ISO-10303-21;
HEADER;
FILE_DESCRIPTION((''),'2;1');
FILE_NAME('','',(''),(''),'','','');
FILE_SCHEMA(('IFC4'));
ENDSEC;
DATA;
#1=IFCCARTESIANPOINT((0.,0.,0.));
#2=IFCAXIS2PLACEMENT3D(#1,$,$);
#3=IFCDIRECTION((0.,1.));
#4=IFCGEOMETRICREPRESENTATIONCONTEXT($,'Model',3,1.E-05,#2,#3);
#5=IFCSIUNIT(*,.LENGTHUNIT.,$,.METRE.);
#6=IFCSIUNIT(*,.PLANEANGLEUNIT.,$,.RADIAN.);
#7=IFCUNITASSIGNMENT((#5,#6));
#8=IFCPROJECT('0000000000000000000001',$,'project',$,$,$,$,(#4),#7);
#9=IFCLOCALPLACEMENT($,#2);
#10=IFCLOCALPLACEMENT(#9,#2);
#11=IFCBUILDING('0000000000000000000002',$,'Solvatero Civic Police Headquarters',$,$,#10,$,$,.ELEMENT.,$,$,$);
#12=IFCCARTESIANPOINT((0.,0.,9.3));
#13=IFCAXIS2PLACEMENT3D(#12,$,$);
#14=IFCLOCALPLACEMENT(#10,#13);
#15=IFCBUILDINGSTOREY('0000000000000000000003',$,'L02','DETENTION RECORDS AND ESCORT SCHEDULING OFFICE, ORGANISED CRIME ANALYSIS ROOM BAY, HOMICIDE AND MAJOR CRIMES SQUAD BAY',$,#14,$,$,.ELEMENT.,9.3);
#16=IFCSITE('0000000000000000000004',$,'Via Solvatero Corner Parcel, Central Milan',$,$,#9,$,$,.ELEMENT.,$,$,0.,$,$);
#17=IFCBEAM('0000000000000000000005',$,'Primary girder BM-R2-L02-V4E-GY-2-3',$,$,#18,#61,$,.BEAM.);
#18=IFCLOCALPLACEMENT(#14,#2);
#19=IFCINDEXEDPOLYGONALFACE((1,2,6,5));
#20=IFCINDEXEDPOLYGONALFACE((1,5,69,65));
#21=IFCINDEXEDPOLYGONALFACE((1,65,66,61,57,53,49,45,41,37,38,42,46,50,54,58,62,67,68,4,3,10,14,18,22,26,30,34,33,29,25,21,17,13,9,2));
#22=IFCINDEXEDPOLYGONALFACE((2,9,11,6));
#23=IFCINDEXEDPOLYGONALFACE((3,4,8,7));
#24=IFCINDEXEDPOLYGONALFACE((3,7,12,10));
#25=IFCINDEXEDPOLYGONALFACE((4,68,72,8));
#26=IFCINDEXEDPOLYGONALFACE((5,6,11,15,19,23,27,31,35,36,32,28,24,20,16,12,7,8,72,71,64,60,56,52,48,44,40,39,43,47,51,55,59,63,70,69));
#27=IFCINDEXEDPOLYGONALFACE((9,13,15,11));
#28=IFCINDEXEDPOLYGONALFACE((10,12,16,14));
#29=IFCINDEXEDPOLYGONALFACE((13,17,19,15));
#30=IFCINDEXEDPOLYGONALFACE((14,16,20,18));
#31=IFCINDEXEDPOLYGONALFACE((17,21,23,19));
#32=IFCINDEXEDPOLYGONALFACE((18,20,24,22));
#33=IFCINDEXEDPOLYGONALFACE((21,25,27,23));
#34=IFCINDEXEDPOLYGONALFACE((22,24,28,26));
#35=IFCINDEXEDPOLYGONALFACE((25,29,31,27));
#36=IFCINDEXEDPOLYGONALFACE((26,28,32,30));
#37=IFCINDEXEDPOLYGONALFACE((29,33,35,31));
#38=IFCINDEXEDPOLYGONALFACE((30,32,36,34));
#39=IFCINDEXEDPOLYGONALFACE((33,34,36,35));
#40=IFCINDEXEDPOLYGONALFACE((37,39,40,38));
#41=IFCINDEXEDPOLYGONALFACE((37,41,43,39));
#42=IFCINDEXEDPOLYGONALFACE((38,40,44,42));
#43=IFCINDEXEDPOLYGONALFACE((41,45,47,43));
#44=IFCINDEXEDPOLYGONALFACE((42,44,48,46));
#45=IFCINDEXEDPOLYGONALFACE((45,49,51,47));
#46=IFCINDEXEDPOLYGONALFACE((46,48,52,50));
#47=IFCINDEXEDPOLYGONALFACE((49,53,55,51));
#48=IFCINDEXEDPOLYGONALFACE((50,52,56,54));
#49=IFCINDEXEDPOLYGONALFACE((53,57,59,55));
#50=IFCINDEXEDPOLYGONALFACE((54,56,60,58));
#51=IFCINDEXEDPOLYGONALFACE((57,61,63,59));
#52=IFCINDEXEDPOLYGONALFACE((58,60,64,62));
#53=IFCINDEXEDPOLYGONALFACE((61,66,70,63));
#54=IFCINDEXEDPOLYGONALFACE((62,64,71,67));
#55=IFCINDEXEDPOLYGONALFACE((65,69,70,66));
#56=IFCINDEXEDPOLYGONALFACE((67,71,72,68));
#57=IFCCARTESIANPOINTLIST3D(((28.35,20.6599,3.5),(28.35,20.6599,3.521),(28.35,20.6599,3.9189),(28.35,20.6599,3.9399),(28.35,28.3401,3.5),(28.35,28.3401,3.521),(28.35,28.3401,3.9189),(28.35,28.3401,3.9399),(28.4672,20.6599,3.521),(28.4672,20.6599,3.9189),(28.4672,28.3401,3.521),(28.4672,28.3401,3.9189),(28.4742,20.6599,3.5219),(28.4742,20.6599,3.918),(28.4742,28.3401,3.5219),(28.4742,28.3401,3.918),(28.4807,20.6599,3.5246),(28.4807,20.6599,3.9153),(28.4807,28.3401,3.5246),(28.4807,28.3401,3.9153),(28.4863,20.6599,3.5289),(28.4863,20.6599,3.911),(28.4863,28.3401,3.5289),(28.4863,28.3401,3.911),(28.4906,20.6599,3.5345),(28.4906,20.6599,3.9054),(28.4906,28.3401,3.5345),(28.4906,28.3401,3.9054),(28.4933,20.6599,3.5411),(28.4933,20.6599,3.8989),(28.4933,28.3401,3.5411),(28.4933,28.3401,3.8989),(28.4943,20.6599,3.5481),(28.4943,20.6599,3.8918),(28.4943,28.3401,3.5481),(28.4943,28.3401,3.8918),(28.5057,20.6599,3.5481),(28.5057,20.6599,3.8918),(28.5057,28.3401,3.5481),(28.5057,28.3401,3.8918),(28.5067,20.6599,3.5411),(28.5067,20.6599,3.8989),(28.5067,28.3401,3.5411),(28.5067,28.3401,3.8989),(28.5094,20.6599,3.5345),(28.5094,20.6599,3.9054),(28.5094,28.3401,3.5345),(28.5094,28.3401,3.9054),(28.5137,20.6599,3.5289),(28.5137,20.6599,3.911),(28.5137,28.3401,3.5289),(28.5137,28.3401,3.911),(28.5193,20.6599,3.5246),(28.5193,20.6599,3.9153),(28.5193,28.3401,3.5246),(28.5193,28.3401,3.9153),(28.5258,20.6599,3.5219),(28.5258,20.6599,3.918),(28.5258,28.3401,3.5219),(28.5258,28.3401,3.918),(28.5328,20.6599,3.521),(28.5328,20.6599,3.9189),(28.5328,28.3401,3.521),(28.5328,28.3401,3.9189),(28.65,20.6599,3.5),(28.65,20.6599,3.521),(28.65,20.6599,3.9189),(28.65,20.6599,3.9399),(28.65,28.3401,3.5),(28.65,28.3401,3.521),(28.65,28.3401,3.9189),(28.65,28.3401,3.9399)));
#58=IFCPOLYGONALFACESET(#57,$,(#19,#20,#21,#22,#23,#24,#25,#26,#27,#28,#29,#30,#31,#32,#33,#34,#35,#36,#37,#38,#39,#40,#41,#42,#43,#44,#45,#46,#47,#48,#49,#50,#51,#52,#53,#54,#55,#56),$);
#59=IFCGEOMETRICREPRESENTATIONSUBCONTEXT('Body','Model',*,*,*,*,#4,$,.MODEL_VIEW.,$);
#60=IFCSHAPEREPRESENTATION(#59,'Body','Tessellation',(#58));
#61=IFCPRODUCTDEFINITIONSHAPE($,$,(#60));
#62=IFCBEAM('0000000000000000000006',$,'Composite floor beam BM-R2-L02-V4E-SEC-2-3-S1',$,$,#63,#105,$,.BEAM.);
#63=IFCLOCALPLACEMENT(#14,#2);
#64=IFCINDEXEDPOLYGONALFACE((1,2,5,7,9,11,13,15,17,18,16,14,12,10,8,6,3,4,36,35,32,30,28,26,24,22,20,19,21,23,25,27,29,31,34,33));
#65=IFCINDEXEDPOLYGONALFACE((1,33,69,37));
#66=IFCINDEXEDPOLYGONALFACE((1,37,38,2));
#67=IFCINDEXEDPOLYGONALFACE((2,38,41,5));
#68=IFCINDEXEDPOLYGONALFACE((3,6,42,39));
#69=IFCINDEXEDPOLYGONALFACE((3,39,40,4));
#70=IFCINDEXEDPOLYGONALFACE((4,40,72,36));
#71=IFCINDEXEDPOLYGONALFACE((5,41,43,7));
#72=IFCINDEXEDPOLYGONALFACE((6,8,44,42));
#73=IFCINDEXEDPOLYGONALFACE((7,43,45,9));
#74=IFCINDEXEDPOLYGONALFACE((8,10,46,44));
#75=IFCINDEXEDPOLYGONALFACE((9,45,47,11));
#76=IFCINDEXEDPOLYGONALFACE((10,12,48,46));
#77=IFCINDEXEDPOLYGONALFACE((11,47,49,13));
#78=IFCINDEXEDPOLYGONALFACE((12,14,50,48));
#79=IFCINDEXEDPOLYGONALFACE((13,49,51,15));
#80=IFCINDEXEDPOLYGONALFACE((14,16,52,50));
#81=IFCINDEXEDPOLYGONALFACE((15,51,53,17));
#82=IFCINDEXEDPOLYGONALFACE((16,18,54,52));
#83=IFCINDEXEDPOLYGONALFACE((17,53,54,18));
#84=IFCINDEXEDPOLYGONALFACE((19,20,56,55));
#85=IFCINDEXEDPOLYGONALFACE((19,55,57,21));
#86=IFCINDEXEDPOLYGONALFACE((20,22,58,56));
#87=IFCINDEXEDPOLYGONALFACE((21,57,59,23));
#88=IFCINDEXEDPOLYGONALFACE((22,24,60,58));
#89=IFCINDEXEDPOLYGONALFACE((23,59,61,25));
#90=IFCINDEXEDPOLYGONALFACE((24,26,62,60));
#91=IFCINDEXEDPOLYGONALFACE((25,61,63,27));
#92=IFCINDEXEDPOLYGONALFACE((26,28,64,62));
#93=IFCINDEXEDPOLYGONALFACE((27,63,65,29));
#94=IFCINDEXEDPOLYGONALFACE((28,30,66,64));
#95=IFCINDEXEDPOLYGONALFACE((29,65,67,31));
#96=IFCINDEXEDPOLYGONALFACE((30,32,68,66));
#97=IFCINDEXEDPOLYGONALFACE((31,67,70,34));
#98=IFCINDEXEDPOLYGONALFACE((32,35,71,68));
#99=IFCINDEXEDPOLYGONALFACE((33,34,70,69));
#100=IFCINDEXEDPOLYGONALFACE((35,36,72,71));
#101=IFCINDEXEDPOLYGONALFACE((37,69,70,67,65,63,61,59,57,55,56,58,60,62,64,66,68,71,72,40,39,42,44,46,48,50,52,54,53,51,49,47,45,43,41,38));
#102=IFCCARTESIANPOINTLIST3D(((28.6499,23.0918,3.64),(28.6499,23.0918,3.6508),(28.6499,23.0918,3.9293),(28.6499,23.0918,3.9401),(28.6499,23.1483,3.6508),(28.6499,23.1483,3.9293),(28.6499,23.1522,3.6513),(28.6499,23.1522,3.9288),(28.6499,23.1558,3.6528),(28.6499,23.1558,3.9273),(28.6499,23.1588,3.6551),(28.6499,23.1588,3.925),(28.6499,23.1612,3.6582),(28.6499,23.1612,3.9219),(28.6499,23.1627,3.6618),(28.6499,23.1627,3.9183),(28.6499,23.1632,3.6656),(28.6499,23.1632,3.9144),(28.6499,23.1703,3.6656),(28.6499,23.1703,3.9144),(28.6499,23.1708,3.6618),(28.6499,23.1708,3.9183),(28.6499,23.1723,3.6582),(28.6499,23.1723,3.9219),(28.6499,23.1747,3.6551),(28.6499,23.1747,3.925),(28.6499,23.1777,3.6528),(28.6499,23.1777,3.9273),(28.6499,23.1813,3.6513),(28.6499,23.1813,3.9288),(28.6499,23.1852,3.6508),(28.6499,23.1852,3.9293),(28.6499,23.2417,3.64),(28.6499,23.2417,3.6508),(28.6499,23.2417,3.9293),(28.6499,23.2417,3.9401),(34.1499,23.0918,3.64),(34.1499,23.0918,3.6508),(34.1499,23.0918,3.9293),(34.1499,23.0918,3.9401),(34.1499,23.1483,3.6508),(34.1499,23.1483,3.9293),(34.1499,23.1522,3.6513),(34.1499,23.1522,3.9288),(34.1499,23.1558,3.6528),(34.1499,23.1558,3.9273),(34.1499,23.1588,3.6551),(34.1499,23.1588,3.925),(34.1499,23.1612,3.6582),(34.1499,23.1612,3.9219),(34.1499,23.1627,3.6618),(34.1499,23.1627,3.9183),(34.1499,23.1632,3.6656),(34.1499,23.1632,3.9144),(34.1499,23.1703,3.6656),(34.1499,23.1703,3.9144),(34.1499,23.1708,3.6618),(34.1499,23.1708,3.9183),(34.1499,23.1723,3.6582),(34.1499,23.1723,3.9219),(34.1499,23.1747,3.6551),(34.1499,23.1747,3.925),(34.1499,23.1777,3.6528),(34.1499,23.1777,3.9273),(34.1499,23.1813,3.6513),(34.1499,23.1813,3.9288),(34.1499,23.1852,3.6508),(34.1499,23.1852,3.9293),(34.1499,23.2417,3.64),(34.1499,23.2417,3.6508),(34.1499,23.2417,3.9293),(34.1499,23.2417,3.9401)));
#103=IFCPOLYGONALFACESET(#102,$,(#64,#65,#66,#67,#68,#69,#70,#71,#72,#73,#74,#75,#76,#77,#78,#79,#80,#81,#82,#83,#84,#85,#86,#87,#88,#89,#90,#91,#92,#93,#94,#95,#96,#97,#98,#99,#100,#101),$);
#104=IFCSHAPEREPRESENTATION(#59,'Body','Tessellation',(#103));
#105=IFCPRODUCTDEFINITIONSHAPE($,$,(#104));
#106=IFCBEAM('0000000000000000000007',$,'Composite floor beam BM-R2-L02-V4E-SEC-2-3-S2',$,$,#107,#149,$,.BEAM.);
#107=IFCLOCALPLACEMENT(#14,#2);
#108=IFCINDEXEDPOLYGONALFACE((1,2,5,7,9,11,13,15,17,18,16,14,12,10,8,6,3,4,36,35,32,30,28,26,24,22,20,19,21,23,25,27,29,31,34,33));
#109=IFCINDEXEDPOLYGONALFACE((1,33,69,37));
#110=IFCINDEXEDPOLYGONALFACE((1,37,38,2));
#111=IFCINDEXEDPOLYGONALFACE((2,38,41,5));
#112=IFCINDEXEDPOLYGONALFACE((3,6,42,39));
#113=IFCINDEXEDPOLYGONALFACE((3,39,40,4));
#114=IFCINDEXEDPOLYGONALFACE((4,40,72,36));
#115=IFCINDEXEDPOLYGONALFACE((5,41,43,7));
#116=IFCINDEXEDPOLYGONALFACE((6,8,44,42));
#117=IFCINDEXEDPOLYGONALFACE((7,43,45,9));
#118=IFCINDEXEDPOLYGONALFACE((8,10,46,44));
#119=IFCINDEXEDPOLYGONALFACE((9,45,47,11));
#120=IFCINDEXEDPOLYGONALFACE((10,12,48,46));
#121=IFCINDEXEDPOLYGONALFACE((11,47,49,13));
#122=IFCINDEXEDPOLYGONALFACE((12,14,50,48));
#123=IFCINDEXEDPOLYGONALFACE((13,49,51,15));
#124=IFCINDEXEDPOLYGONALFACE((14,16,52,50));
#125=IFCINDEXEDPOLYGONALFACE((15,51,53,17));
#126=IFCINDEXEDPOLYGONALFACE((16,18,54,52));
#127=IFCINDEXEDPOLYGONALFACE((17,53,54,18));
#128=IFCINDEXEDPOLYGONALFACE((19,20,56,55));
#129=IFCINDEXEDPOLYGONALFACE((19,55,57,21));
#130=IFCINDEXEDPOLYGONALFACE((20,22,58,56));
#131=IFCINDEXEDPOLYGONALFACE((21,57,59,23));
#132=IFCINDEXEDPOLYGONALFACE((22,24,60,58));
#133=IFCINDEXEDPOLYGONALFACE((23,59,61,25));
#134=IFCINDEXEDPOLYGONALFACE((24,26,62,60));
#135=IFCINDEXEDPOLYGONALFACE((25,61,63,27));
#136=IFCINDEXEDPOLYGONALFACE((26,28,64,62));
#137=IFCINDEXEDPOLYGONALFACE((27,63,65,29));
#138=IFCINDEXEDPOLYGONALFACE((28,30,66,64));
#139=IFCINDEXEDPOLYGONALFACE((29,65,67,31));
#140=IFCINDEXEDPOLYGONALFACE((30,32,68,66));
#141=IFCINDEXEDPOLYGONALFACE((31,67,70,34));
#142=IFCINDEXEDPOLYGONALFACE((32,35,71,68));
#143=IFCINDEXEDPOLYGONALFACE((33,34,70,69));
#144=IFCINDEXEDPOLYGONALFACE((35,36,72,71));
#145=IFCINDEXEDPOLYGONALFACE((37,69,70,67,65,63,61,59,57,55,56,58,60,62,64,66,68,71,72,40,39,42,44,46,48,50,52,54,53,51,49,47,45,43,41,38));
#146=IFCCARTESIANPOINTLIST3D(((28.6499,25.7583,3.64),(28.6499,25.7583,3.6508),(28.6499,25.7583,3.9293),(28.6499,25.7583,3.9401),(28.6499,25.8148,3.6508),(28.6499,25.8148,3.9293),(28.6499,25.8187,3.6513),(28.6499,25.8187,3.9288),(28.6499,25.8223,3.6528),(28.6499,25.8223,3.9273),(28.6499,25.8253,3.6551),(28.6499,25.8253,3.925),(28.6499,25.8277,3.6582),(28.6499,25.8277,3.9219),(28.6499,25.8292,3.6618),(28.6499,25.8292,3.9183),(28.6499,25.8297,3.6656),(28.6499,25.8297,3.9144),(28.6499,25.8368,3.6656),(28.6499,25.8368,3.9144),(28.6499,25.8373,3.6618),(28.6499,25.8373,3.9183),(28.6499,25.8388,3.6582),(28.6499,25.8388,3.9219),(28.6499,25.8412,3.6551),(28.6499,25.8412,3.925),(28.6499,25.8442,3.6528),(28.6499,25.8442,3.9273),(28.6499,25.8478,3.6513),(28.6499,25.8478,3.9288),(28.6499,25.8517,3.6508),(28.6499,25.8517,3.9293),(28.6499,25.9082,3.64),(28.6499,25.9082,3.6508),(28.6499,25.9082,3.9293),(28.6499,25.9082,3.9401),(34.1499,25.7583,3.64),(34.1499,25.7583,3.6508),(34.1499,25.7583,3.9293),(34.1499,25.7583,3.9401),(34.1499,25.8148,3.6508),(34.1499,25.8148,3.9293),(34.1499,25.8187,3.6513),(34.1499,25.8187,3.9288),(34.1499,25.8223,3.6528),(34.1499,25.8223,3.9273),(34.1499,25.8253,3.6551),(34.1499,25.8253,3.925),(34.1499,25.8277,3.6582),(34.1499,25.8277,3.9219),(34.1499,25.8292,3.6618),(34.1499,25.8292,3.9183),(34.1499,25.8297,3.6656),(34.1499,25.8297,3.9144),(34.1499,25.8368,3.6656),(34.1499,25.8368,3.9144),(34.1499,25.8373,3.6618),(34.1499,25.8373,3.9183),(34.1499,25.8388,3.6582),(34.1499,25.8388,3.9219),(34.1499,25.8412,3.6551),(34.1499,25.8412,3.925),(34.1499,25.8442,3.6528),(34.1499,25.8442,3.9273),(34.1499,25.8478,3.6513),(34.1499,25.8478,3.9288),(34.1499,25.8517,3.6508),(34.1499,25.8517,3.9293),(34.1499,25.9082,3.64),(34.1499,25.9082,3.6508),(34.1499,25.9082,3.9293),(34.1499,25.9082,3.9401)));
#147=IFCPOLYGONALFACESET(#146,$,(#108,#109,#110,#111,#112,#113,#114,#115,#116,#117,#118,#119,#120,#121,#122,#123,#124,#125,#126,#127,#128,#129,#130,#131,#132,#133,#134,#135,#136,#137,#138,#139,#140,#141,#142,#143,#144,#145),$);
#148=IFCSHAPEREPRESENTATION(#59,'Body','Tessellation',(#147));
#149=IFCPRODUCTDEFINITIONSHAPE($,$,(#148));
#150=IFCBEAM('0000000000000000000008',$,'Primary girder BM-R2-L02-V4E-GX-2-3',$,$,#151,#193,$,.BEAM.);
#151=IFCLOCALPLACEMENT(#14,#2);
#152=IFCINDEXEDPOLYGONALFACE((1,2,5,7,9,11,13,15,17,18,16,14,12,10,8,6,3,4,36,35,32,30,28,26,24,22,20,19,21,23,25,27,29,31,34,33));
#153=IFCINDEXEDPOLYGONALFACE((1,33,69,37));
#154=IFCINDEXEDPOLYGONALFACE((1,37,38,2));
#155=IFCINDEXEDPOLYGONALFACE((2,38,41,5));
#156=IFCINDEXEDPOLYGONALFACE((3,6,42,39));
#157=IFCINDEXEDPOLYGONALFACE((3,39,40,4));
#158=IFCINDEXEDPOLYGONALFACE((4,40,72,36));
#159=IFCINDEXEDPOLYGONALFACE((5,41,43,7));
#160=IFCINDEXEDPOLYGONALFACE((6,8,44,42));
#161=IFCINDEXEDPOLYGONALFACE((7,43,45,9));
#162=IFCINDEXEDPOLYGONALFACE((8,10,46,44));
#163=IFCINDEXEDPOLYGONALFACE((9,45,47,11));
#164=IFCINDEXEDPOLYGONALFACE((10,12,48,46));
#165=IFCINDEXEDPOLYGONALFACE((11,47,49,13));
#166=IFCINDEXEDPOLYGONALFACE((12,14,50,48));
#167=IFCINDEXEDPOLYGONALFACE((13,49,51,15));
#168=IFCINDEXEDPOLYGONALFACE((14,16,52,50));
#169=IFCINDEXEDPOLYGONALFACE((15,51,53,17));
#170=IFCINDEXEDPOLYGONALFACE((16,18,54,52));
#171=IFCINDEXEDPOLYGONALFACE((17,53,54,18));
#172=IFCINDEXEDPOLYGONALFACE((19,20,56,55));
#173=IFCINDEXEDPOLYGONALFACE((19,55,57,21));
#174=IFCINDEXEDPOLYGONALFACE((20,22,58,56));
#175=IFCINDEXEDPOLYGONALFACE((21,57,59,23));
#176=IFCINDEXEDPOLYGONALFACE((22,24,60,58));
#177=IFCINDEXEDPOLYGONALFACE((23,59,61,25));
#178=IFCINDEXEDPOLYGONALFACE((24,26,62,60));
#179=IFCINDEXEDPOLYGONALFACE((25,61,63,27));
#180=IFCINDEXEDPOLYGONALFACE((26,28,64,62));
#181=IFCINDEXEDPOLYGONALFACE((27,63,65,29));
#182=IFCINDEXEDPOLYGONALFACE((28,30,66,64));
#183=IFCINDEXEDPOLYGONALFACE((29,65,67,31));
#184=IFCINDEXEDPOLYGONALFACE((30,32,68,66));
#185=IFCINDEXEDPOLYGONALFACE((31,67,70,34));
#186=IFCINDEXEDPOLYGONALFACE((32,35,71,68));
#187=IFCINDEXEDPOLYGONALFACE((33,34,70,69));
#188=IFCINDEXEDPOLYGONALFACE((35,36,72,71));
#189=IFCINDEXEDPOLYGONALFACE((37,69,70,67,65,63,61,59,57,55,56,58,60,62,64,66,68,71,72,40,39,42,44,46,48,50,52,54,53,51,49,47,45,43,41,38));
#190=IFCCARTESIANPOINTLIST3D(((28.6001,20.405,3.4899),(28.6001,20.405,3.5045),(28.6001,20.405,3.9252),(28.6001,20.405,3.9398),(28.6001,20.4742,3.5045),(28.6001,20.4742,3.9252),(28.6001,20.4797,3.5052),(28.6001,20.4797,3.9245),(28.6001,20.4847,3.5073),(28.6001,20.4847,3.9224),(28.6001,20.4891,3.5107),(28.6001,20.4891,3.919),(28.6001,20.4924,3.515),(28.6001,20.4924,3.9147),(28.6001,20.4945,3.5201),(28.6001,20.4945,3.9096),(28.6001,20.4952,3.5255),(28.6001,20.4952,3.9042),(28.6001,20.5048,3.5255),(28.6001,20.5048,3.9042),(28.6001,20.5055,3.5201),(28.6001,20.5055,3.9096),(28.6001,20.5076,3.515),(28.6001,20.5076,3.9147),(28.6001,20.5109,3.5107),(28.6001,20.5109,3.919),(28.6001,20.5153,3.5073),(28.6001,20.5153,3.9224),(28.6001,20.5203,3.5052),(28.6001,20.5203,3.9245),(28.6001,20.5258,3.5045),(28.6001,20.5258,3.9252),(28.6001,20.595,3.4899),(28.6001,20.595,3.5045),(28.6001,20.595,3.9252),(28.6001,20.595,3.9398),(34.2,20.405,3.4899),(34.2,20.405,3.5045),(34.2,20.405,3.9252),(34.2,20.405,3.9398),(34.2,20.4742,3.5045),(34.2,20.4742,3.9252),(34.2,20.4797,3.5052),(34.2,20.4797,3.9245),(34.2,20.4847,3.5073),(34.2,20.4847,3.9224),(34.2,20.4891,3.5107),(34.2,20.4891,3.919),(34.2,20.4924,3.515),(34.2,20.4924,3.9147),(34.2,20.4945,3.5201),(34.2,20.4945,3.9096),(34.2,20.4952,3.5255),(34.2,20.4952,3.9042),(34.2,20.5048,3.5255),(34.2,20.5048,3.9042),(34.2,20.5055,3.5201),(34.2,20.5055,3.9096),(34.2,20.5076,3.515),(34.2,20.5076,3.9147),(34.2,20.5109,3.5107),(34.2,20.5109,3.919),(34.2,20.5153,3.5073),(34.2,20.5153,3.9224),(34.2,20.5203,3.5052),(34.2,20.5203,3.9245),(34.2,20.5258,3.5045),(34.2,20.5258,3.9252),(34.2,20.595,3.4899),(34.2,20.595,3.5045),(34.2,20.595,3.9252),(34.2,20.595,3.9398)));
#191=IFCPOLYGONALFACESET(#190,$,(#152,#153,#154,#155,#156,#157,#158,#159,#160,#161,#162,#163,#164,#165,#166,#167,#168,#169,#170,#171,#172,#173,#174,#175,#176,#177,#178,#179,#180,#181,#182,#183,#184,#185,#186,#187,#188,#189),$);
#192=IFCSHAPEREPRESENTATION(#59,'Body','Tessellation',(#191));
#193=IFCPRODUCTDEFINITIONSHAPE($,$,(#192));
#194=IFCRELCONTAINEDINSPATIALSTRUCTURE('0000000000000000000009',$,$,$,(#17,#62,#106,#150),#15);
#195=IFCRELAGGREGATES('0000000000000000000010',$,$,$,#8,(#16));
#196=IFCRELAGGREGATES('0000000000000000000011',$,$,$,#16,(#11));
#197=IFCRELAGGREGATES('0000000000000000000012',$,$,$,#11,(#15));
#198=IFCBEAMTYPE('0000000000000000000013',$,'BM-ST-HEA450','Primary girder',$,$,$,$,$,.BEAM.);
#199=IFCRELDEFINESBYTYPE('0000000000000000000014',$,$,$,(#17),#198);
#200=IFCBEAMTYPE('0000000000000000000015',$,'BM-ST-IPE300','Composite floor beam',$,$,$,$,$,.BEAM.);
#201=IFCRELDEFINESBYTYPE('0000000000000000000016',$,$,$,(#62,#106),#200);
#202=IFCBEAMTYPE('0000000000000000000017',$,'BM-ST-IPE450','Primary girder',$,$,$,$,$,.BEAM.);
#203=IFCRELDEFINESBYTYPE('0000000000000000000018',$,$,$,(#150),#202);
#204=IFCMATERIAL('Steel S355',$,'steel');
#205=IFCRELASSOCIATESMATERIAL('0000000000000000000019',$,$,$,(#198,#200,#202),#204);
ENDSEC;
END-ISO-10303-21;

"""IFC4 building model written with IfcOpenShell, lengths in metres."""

from ifc_helpers import new_model, si_unit, direction, frame, origin, origin_2d, place, context, subcontext, project, spatial, i_section, extrude, material, material_profile, profile_set, type_object, element, save


model = new_model("IFC4")

# Units and contexts
model_context = context("Model", 3, precision=1e-05, world=origin(), true_north=direction((0.0, 1.0)))
body_context = subcontext(model_context, "Body", "Model", "MODEL_VIEW")
ifc_project = project(units=[si_unit("LENGTHUNIT", "METRE"), si_unit("PLANEANGLEUNIT", "RADIAN")], contexts=[model_context])

# Site, building, storey
site_placement = place(None, origin())
site = spatial("IfcSite", under=ifc_project, at=site_placement, Name="Via Solvatero Corner Parcel, Central Milan", CompositionType="ELEMENT", RefElevation=0.0)
building_placement = place(site_placement, origin())
building = spatial("IfcBuilding", under=site, at=building_placement, Name="Solvatero Civic Police Headquarters", CompositionType="ELEMENT")
storey_placement = place(building_placement, frame((0.0, 0.0, 9.3)))
storey = spatial("IfcBuildingStorey", under=building, at=storey_placement, Name="L02", Description="DETENTION RECORDS AND ESCORT SCHEDULING OFFICE, ORGANISED CRIME ANALYSIS ROOM BAY, HOMICIDE AND MAJOR CRIMES SQUAD BAY", CompositionType="ELEMENT", Elevation=9.3)

# Shared definitions
ifc_material_1 = material(Name="Steel S355", Category="steel")

# Beams
ifc_material_profile_1 = material_profile(ifc_material_1, i_section(OverallWidth=0.3, OverallDepth=0.4399, WebThickness=0.0115, FlangeThickness=0.021, FilletRadius=0.0271, at=origin_2d()), Name="HEA 450")
ifc_profile_set_1 = profile_set([ifc_material_profile_1], Name="Steel S355")
beam_type_1 = type_object("IfcBeamType", Name="BM-ST-HEA450", Description="Primary girder", PredefinedType="BEAM", material=ifc_profile_set_1)
beam_1_placement = place(storey_placement, frame((28.5, 20.6599, 3.72), z_axis=(0.0, 1.0, 0.0), x_axis=(-1.0, 0.0, 0.0)))
element("IfcBeam", 1, at=beam_1_placement, inside=storey, type_object=beam_type_1, Name="Primary girder BM-R2-L02-V4E-GY-2-3", PredefinedType="BEAM", context=body_context, shape_type="SweptSolid", body=[
    extrude(i_section(OverallWidth=0.3, OverallDepth=0.4399, WebThickness=0.0115, FlangeThickness=0.021, FilletRadius=0.0271, at=origin_2d()), origin(), (0.0, 0.0, 1.0), 7.6802),
])
ifc_material_profile_2 = material_profile(ifc_material_1, i_section(OverallWidth=0.1499, OverallDepth=0.3, WebThickness=0.0071, FlangeThickness=0.0107, FilletRadius=0.0149, at=origin_2d()), Name="IPE 300")
ifc_profile_set_2 = profile_set([ifc_material_profile_2], Name="Steel S355")
beam_type_2 = type_object("IfcBeamType", Name="BM-ST-IPE300", Description="Composite floor beam", PredefinedType="BEAM", material=ifc_profile_set_2)
for number, where, z_axis, x_axis, name in (
    (2, (28.6499, 23.1667, 3.79), (1.0, 0.0, 0.0), (0.0, 1.0, 0.0), "Composite floor beam BM-R2-L02-V4E-SEC-2-3-S1"),
    (3, (28.6499, 25.8333, 3.79), (1.0, 0.0, 0.0), (0.0, 1.0, 0.0), "Composite floor beam BM-R2-L02-V4E-SEC-2-3-S2"),
):
    element("IfcBeam", number, at=place(storey_placement, frame(where, z_axis=z_axis, x_axis=x_axis)), inside=storey, type_object=beam_type_2, Name=name, PredefinedType="BEAM", context=body_context, shape_type="SweptSolid", body=[
        extrude(i_section(OverallWidth=0.1499, OverallDepth=0.3, WebThickness=0.0071, FlangeThickness=0.0107, FilletRadius=0.0149, at=origin_2d()), origin(), (0.0, 0.0, 1.0), 5.5),
    ])
ifc_material_profile_3 = material_profile(ifc_material_1, i_section(OverallWidth=0.1899, OverallDepth=0.45, WebThickness=0.0095, FlangeThickness=0.0146, FilletRadius=0.021, at=origin_2d()), Name="IPE 450")
ifc_profile_set_3 = profile_set([ifc_material_profile_3], Name="Steel S355")
beam_type_3 = type_object("IfcBeamType", Name="BM-ST-IPE450", Description="Primary girder", PredefinedType="BEAM", material=ifc_profile_set_3)
beam_2_placement = place(storey_placement, frame((28.6001, 20.5, 3.7148), z_axis=(1.0, 0.0, 0.0), x_axis=(0.0, 1.0, 0.0)))
element("IfcBeam", 4, at=beam_2_placement, inside=storey, type_object=beam_type_3, Name="Primary girder BM-R2-L02-V4E-GX-2-3", PredefinedType="BEAM", context=body_context, shape_type="SweptSolid", body=[
    extrude(i_section(OverallWidth=0.1899, OverallDepth=0.45, WebThickness=0.0095, FlangeThickness=0.0146, FilletRadius=0.021, at=origin_2d()), origin(), (0.0, 0.0, 1.0), 5.5999),
])

save(model, "model.ifc")
